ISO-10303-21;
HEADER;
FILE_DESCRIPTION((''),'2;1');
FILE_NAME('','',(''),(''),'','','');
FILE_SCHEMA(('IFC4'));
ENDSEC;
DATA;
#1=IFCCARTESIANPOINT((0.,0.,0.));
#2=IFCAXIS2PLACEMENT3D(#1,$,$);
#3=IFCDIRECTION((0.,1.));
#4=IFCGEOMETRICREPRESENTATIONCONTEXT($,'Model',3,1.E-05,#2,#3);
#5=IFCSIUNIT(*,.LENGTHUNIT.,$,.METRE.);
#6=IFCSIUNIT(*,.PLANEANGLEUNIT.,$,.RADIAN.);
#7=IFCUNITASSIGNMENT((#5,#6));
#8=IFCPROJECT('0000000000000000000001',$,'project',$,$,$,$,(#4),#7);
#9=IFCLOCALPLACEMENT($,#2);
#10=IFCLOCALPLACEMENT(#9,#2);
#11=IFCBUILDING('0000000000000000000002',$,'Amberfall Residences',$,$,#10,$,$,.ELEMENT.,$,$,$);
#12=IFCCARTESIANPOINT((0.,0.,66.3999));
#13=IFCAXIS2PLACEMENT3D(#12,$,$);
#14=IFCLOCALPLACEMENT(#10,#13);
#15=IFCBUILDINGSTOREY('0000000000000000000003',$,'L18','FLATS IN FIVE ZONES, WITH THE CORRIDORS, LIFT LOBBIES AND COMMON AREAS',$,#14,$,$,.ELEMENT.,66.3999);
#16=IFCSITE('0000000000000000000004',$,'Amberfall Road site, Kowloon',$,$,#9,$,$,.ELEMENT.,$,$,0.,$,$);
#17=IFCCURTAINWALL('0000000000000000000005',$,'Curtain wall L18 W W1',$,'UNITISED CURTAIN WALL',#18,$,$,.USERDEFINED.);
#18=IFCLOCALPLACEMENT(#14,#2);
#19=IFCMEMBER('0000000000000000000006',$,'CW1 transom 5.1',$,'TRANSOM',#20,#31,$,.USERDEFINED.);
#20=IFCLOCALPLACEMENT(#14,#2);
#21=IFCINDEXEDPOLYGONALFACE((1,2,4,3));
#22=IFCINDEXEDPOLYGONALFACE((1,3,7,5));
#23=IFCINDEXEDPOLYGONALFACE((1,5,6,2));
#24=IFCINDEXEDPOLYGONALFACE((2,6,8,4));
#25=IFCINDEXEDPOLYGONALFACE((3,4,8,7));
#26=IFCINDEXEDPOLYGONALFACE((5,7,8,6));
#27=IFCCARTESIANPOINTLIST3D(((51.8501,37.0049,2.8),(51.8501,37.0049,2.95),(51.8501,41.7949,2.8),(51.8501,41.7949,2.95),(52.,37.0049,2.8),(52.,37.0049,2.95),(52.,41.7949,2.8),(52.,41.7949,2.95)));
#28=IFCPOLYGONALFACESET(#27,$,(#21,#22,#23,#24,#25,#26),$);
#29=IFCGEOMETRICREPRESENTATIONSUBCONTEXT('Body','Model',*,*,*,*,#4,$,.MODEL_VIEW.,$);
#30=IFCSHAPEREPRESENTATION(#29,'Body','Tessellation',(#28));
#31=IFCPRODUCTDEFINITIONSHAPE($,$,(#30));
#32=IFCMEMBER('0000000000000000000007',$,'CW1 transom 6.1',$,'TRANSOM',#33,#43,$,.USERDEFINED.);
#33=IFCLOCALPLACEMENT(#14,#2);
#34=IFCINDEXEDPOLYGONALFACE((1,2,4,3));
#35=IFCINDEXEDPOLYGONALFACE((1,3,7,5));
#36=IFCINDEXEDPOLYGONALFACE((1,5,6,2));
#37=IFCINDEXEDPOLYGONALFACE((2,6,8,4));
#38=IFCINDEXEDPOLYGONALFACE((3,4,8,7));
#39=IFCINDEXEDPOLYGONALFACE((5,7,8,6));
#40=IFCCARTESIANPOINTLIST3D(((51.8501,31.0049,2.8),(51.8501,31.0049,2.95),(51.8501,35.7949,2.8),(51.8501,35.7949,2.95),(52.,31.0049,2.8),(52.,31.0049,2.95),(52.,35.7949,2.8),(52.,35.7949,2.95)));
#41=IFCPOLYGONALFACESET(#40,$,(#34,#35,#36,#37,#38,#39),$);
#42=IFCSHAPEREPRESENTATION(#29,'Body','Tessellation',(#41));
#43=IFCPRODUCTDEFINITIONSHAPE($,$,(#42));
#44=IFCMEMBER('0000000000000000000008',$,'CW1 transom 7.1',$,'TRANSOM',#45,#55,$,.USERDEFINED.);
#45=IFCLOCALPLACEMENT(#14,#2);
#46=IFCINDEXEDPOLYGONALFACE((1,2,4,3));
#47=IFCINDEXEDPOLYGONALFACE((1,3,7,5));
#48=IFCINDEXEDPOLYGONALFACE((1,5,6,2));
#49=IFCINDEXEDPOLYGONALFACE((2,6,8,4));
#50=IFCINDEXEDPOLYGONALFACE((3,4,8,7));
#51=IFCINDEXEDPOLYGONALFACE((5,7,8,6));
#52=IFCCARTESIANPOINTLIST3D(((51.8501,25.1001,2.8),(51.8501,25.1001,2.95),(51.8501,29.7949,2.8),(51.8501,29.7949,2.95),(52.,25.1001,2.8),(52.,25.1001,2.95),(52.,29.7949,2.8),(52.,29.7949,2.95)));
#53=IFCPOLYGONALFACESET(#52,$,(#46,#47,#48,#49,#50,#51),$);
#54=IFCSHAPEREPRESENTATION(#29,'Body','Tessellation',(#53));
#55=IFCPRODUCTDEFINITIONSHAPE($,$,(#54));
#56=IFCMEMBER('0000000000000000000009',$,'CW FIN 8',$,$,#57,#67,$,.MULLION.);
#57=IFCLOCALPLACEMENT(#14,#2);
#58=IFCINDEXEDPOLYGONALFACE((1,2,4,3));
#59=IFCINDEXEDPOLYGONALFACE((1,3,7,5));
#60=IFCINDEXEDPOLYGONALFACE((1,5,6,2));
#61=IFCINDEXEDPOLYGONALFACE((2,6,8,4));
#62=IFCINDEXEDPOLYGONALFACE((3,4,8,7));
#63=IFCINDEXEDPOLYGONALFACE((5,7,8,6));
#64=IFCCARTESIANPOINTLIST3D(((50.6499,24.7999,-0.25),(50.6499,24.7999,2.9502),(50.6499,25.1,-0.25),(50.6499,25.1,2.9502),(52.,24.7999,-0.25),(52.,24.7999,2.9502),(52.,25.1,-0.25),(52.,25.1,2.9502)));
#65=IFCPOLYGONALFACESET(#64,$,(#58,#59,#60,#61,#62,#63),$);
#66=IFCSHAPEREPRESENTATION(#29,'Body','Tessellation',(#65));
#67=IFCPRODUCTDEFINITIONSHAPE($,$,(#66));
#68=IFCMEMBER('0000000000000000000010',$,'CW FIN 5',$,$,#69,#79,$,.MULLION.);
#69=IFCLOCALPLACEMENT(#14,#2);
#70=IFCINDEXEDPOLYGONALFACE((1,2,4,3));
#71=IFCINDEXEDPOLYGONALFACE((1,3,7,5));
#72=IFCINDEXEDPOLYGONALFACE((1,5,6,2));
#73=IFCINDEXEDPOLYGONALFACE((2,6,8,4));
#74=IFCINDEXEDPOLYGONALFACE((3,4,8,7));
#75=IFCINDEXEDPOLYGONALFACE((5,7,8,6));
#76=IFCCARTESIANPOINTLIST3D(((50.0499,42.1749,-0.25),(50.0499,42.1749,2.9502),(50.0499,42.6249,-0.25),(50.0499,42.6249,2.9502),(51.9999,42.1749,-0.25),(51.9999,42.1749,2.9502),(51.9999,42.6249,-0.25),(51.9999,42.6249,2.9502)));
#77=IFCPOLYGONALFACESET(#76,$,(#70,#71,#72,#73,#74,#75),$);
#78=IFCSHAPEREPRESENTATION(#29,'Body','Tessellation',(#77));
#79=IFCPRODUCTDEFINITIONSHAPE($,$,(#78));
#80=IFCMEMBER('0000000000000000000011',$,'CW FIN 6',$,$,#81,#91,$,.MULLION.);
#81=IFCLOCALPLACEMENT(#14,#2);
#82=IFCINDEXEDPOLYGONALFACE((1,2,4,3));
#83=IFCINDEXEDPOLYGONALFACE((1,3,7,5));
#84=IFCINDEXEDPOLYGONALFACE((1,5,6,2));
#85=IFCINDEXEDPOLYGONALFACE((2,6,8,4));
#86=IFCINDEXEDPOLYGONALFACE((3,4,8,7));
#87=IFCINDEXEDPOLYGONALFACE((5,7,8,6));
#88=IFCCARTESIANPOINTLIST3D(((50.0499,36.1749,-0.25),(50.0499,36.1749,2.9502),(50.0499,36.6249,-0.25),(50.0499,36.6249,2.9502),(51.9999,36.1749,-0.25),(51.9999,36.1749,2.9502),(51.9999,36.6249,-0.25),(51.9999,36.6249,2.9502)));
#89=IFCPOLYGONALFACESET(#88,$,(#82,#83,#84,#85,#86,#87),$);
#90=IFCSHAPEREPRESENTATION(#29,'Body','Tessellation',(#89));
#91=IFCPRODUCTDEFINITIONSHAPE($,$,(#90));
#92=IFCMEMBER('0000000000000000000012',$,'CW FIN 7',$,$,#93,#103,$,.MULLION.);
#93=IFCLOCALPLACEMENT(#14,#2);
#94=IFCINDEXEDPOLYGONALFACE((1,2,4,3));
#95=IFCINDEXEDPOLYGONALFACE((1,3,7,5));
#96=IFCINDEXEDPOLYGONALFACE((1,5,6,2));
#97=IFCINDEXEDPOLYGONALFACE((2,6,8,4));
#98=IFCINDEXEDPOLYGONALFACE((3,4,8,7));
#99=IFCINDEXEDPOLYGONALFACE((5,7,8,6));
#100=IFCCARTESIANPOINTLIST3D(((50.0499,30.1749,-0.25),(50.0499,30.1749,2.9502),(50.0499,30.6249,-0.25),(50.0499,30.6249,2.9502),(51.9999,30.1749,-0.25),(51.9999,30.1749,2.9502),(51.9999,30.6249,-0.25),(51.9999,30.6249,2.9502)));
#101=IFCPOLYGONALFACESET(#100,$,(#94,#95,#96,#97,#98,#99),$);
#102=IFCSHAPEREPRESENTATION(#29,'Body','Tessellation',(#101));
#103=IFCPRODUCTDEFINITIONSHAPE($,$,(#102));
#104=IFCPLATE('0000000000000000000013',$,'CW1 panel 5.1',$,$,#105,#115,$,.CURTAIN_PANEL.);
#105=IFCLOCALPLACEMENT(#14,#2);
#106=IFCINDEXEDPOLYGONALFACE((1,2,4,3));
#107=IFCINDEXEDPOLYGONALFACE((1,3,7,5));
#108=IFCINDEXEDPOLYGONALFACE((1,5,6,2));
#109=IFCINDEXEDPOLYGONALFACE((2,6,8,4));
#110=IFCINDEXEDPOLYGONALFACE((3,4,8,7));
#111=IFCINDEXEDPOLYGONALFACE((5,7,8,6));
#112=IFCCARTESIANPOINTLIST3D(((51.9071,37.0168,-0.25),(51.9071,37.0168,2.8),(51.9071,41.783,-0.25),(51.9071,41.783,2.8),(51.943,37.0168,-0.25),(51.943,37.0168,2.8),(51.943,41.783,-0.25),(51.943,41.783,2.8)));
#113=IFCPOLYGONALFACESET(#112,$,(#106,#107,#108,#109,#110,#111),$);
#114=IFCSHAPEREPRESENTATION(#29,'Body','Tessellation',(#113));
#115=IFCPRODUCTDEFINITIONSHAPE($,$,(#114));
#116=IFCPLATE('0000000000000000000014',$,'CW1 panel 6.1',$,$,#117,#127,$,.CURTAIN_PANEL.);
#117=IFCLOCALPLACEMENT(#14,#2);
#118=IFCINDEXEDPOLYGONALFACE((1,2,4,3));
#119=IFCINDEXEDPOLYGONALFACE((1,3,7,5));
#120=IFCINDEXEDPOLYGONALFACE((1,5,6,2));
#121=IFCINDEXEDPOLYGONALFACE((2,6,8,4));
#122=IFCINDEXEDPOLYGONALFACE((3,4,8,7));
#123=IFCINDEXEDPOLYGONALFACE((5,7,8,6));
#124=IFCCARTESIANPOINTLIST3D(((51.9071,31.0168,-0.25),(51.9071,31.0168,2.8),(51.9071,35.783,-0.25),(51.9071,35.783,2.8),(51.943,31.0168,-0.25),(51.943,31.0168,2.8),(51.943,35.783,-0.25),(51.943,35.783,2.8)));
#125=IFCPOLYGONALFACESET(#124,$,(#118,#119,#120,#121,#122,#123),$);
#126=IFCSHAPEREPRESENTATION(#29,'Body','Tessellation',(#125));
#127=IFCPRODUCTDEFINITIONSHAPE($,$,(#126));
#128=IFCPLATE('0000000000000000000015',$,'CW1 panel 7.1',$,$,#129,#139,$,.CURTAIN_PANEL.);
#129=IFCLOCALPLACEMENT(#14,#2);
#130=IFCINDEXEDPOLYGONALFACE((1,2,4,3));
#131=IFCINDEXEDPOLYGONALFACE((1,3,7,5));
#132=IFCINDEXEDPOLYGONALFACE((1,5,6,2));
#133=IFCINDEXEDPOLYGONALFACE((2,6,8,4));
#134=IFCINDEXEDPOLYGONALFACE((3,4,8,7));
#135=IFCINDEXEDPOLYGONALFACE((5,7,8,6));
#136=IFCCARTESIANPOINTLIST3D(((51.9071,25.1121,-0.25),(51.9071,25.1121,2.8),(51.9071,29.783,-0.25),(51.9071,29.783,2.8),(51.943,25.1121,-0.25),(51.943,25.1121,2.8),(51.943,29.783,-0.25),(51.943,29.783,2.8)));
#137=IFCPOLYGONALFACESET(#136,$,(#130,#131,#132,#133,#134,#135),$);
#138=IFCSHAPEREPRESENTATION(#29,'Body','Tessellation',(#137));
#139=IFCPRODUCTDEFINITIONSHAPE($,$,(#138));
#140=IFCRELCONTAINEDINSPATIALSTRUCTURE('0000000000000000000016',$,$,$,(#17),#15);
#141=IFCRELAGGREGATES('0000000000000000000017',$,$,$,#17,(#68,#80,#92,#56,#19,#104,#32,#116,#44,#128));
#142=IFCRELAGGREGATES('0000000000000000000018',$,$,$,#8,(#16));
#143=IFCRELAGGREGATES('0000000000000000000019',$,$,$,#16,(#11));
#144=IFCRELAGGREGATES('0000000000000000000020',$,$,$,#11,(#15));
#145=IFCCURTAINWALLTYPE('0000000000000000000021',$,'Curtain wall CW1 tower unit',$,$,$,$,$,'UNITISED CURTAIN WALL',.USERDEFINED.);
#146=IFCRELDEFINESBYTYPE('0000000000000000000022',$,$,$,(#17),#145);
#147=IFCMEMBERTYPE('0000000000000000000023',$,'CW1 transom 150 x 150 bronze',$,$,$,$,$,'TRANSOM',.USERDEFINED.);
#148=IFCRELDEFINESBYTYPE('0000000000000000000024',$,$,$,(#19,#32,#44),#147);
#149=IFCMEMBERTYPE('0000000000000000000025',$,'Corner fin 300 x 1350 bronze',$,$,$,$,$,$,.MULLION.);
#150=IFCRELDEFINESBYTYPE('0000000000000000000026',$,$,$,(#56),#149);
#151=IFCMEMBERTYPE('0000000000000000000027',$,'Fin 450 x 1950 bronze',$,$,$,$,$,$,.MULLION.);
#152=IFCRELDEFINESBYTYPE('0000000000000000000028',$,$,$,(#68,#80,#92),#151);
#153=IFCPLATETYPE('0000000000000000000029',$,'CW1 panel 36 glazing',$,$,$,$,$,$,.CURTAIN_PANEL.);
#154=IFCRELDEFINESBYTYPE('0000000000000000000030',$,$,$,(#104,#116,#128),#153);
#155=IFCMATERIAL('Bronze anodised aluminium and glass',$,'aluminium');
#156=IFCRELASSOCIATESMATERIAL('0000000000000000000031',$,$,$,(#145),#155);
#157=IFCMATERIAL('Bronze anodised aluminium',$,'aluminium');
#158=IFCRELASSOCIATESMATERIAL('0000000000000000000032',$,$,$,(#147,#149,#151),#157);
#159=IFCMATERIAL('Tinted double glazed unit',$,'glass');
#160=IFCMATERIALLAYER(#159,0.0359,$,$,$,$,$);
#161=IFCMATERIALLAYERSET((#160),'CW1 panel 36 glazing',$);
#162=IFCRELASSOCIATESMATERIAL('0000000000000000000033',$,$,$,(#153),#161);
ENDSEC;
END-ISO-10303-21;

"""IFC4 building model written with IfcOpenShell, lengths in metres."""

from ifc_helpers import new_model, si_unit, direction, frame, origin, origin_2d, place, context, subcontext, project, spatial, rectangle, extrude, material, layer, layer_set, material_profile, profile_set, type_object, element, aggregate, save


model = new_model("IFC4")

# Units and contexts
model_context = context("Model", 3, precision=1e-05, world=origin(), true_north=direction((0.0, 1.0)))
body_context = subcontext(model_context, "Body", "Model", "MODEL_VIEW")
ifc_project = project(units=[si_unit("LENGTHUNIT", "METRE"), si_unit("PLANEANGLEUNIT", "RADIAN")], contexts=[model_context])

# Site, building, storey
site_placement = place(None, origin())
site = spatial("IfcSite", under=ifc_project, at=site_placement, Name="Amberfall Road site, Kowloon", CompositionType="ELEMENT", RefElevation=0.0)
building_placement = place(site_placement, origin())
building = spatial("IfcBuilding", under=site, at=building_placement, Name="Amberfall Residences", CompositionType="ELEMENT")
storey_placement = place(building_placement, frame((0.0, 0.0, 66.3999)))
storey = spatial("IfcBuildingStorey", under=building, at=storey_placement, Name="L18", Description="FLATS IN FIVE ZONES, WITH THE CORRIDORS, LIFT LOBBIES AND COMMON AREAS", CompositionType="ELEMENT", Elevation=66.3999)

# Curtain wall, members, plates
ifc_material_1 = material(Name="Bronze anodised aluminium and glass", Category="aluminium")
curtain_wall_type = type_object("IfcCurtainWallType", Name="Curtain wall CW1 tower unit", ElementType="UNITISED CURTAIN WALL", PredefinedType="USERDEFINED", material=ifc_material_1)
curtain_wall_placement = place(storey_placement, origin())
curtain_wall = element("IfcCurtainWall", 1, at=curtain_wall_placement, inside=storey, type_object=curtain_wall_type, Name="Curtain wall L18 W W1", ObjectType="UNITISED CURTAIN WALL", PredefinedType="USERDEFINED")
ifc_material_2 = material(Name="Bronze anodised aluminium", Category="aluminium")
ifc_material_profile_1 = material_profile(ifc_material_2, rectangle(XDim=0.1499, YDim=0.1499, at=origin_2d()), Name="CW1 transom 150 x 150 bronze")
ifc_profile_set_1 = profile_set([ifc_material_profile_1], Name="Bronze anodised aluminium")
member_type_1 = type_object("IfcMemberType", Name="CW1 transom 150 x 150 bronze", ElementType="TRANSOM", PredefinedType="USERDEFINED", material=ifc_profile_set_1)
member_1_placement = place(storey_placement, frame((51.925, 41.7949, 2.875), z_axis=(0.0, -1.0, 0.0), x_axis=(1.0, 0.0, 0.0)))
member_1 = element("IfcMember", 2, at=member_1_placement, type_object=member_type_1, Name="CW1 transom 5.1", ObjectType="TRANSOM", PredefinedType="USERDEFINED", context=body_context, shape_type="SweptSolid", body=[
    extrude(rectangle(XDim=0.1499, YDim=0.1499, at=origin_2d()), origin(), (0.0, 0.0, 1.0), 4.79),
])
member_2_placement = place(storey_placement, frame((51.925, 35.7949, 2.875), z_axis=(0.0, -1.0, 0.0), x_axis=(1.0, 0.0, 0.0)))
member_2 = element("IfcMember", 3, at=member_2_placement, type_object=member_type_1, Name="CW1 transom 6.1", ObjectType="TRANSOM", PredefinedType="USERDEFINED", context=body_context, shape_type="SweptSolid", body=[
    extrude(rectangle(XDim=0.1499, YDim=0.1499, at=origin_2d()), origin(), (0.0, 0.0, 1.0), 4.79),
])
member_3_placement = place(storey_placement, frame((51.925, 29.7949, 2.875), z_axis=(0.0, -1.0, 0.0), x_axis=(1.0, 0.0, 0.0)))
member_3 = element("IfcMember", 4, at=member_3_placement, type_object=member_type_1, Name="CW1 transom 7.1", ObjectType="TRANSOM", PredefinedType="USERDEFINED", context=body_context, shape_type="SweptSolid", body=[
    extrude(rectangle(XDim=0.1499, YDim=0.1499, at=origin_2d()), origin(), (0.0, 0.0, 1.0), 4.6948),
])
ifc_material_profile_2 = material_profile(ifc_material_2, rectangle(XDim=1.3501, YDim=0.3, at=origin_2d()), Name="Corner fin 300 x 1350 bronze")
ifc_profile_set_2 = profile_set([ifc_material_profile_2], Name="Bronze anodised aluminium")
member_type_2 = type_object("IfcMemberType", Name="Corner fin 300 x 1350 bronze", PredefinedType="MULLION", material=ifc_profile_set_2)
member_4_placement = place(storey_placement, frame((51.325, 24.95, -0.25), z_axis=(0.0, 0.0, 1.0), x_axis=(1.0, 0.0, 0.0)))
member_4 = element("IfcMember", 5, at=member_4_placement, type_object=member_type_2, Name="CW FIN 8", PredefinedType="MULLION", context=body_context, shape_type="SweptSolid", body=[
    extrude(rectangle(XDim=1.3501, YDim=0.3, at=origin_2d()), origin(), (0.0, 0.0, 1.0), 3.2002),
])
ifc_material_profile_3 = material_profile(ifc_material_2, rectangle(XDim=1.95, YDim=0.45, at=origin_2d()), Name="Fin 450 x 1950 bronze")
ifc_profile_set_3 = profile_set([ifc_material_profile_3], Name="Bronze anodised aluminium")
member_type_3 = type_object("IfcMemberType", Name="Fin 450 x 1950 bronze", PredefinedType="MULLION", material=ifc_profile_set_3)
member_5_placement = place(storey_placement, frame((51.0249, 42.3999, -0.25), z_axis=(0.0, 0.0, 1.0), x_axis=(1.0, 0.0, 0.0)))
member_5 = element("IfcMember", 6, at=member_5_placement, type_object=member_type_3, Name="CW FIN 5", PredefinedType="MULLION", context=body_context, shape_type="SweptSolid", body=[
    extrude(rectangle(XDim=1.95, YDim=0.45, at=origin_2d()), origin(), (0.0, 0.0, 1.0), 3.2002),
])
member_6_placement = place(storey_placement, frame((51.0249, 36.3999, -0.25), z_axis=(0.0, 0.0, 1.0), x_axis=(1.0, 0.0, 0.0)))
member_6 = element("IfcMember", 7, at=member_6_placement, type_object=member_type_3, Name="CW FIN 6", PredefinedType="MULLION", context=body_context, shape_type="SweptSolid", body=[
    extrude(rectangle(XDim=1.95, YDim=0.45, at=origin_2d()), origin(), (0.0, 0.0, 1.0), 3.2002),
])
member_7_placement = place(storey_placement, frame((51.0249, 30.3999, -0.25), z_axis=(0.0, 0.0, 1.0), x_axis=(1.0, 0.0, 0.0)))
member_7 = element("IfcMember", 8, at=member_7_placement, type_object=member_type_3, Name="CW FIN 7", PredefinedType="MULLION", context=body_context, shape_type="SweptSolid", body=[
    extrude(rectangle(XDim=1.95, YDim=0.45, at=origin_2d()), origin(), (0.0, 0.0, 1.0), 3.2002),
])
ifc_material_3 = material(Name="Tinted double glazed unit", Category="glass")
ifc_layer_1 = layer(ifc_material_3, 0.0359)
ifc_layer_set_1 = layer_set([ifc_layer_1], Name="CW1 panel 36 glazing")
plate_type = type_object("IfcPlateType", Name="CW1 panel 36 glazing", PredefinedType="CURTAIN_PANEL", material=ifc_layer_set_1)
plate_1_placement = place(storey_placement, frame((51.925, 39.3999, -0.25), z_axis=(0.0, 0.0, 1.0), x_axis=(0.0, -1.0, 0.0)))
plate_1 = element("IfcPlate", 9, at=plate_1_placement, type_object=plate_type, Name="CW1 panel 5.1", PredefinedType="CURTAIN_PANEL", context=body_context, shape_type="SweptSolid", body=[
    extrude(rectangle(XDim=4.7661, YDim=0.0359, at=origin_2d()), origin(), (0.0, 0.0, 1.0), 3.05),
])
plate_2_placement = place(storey_placement, frame((51.925, 33.3999, -0.25), z_axis=(0.0, 0.0, 1.0), x_axis=(0.0, -1.0, 0.0)))
plate_2 = element("IfcPlate", 10, at=plate_2_placement, type_object=plate_type, Name="CW1 panel 6.1", PredefinedType="CURTAIN_PANEL", context=body_context, shape_type="SweptSolid", body=[
    extrude(rectangle(XDim=4.7661, YDim=0.0359, at=origin_2d()), origin(), (0.0, 0.0, 1.0), 3.05),
])
plate_3_placement = place(storey_placement, frame((51.925, 27.4475, -0.25), z_axis=(0.0, 0.0, 1.0), x_axis=(0.0, -1.0, 0.0)))
plate_3 = element("IfcPlate", 11, at=plate_3_placement, type_object=plate_type, Name="CW1 panel 7.1", PredefinedType="CURTAIN_PANEL", context=body_context, shape_type="SweptSolid", body=[
    extrude(rectangle(XDim=4.6709, YDim=0.0359, at=origin_2d()), origin(), (0.0, 0.0, 1.0), 3.05),
])
aggregate(curtain_wall, [member_5, member_6, member_7, member_4, member_1, plate_1, member_2, plate_2, member_3, plate_3])

save(model, "model.ifc")
